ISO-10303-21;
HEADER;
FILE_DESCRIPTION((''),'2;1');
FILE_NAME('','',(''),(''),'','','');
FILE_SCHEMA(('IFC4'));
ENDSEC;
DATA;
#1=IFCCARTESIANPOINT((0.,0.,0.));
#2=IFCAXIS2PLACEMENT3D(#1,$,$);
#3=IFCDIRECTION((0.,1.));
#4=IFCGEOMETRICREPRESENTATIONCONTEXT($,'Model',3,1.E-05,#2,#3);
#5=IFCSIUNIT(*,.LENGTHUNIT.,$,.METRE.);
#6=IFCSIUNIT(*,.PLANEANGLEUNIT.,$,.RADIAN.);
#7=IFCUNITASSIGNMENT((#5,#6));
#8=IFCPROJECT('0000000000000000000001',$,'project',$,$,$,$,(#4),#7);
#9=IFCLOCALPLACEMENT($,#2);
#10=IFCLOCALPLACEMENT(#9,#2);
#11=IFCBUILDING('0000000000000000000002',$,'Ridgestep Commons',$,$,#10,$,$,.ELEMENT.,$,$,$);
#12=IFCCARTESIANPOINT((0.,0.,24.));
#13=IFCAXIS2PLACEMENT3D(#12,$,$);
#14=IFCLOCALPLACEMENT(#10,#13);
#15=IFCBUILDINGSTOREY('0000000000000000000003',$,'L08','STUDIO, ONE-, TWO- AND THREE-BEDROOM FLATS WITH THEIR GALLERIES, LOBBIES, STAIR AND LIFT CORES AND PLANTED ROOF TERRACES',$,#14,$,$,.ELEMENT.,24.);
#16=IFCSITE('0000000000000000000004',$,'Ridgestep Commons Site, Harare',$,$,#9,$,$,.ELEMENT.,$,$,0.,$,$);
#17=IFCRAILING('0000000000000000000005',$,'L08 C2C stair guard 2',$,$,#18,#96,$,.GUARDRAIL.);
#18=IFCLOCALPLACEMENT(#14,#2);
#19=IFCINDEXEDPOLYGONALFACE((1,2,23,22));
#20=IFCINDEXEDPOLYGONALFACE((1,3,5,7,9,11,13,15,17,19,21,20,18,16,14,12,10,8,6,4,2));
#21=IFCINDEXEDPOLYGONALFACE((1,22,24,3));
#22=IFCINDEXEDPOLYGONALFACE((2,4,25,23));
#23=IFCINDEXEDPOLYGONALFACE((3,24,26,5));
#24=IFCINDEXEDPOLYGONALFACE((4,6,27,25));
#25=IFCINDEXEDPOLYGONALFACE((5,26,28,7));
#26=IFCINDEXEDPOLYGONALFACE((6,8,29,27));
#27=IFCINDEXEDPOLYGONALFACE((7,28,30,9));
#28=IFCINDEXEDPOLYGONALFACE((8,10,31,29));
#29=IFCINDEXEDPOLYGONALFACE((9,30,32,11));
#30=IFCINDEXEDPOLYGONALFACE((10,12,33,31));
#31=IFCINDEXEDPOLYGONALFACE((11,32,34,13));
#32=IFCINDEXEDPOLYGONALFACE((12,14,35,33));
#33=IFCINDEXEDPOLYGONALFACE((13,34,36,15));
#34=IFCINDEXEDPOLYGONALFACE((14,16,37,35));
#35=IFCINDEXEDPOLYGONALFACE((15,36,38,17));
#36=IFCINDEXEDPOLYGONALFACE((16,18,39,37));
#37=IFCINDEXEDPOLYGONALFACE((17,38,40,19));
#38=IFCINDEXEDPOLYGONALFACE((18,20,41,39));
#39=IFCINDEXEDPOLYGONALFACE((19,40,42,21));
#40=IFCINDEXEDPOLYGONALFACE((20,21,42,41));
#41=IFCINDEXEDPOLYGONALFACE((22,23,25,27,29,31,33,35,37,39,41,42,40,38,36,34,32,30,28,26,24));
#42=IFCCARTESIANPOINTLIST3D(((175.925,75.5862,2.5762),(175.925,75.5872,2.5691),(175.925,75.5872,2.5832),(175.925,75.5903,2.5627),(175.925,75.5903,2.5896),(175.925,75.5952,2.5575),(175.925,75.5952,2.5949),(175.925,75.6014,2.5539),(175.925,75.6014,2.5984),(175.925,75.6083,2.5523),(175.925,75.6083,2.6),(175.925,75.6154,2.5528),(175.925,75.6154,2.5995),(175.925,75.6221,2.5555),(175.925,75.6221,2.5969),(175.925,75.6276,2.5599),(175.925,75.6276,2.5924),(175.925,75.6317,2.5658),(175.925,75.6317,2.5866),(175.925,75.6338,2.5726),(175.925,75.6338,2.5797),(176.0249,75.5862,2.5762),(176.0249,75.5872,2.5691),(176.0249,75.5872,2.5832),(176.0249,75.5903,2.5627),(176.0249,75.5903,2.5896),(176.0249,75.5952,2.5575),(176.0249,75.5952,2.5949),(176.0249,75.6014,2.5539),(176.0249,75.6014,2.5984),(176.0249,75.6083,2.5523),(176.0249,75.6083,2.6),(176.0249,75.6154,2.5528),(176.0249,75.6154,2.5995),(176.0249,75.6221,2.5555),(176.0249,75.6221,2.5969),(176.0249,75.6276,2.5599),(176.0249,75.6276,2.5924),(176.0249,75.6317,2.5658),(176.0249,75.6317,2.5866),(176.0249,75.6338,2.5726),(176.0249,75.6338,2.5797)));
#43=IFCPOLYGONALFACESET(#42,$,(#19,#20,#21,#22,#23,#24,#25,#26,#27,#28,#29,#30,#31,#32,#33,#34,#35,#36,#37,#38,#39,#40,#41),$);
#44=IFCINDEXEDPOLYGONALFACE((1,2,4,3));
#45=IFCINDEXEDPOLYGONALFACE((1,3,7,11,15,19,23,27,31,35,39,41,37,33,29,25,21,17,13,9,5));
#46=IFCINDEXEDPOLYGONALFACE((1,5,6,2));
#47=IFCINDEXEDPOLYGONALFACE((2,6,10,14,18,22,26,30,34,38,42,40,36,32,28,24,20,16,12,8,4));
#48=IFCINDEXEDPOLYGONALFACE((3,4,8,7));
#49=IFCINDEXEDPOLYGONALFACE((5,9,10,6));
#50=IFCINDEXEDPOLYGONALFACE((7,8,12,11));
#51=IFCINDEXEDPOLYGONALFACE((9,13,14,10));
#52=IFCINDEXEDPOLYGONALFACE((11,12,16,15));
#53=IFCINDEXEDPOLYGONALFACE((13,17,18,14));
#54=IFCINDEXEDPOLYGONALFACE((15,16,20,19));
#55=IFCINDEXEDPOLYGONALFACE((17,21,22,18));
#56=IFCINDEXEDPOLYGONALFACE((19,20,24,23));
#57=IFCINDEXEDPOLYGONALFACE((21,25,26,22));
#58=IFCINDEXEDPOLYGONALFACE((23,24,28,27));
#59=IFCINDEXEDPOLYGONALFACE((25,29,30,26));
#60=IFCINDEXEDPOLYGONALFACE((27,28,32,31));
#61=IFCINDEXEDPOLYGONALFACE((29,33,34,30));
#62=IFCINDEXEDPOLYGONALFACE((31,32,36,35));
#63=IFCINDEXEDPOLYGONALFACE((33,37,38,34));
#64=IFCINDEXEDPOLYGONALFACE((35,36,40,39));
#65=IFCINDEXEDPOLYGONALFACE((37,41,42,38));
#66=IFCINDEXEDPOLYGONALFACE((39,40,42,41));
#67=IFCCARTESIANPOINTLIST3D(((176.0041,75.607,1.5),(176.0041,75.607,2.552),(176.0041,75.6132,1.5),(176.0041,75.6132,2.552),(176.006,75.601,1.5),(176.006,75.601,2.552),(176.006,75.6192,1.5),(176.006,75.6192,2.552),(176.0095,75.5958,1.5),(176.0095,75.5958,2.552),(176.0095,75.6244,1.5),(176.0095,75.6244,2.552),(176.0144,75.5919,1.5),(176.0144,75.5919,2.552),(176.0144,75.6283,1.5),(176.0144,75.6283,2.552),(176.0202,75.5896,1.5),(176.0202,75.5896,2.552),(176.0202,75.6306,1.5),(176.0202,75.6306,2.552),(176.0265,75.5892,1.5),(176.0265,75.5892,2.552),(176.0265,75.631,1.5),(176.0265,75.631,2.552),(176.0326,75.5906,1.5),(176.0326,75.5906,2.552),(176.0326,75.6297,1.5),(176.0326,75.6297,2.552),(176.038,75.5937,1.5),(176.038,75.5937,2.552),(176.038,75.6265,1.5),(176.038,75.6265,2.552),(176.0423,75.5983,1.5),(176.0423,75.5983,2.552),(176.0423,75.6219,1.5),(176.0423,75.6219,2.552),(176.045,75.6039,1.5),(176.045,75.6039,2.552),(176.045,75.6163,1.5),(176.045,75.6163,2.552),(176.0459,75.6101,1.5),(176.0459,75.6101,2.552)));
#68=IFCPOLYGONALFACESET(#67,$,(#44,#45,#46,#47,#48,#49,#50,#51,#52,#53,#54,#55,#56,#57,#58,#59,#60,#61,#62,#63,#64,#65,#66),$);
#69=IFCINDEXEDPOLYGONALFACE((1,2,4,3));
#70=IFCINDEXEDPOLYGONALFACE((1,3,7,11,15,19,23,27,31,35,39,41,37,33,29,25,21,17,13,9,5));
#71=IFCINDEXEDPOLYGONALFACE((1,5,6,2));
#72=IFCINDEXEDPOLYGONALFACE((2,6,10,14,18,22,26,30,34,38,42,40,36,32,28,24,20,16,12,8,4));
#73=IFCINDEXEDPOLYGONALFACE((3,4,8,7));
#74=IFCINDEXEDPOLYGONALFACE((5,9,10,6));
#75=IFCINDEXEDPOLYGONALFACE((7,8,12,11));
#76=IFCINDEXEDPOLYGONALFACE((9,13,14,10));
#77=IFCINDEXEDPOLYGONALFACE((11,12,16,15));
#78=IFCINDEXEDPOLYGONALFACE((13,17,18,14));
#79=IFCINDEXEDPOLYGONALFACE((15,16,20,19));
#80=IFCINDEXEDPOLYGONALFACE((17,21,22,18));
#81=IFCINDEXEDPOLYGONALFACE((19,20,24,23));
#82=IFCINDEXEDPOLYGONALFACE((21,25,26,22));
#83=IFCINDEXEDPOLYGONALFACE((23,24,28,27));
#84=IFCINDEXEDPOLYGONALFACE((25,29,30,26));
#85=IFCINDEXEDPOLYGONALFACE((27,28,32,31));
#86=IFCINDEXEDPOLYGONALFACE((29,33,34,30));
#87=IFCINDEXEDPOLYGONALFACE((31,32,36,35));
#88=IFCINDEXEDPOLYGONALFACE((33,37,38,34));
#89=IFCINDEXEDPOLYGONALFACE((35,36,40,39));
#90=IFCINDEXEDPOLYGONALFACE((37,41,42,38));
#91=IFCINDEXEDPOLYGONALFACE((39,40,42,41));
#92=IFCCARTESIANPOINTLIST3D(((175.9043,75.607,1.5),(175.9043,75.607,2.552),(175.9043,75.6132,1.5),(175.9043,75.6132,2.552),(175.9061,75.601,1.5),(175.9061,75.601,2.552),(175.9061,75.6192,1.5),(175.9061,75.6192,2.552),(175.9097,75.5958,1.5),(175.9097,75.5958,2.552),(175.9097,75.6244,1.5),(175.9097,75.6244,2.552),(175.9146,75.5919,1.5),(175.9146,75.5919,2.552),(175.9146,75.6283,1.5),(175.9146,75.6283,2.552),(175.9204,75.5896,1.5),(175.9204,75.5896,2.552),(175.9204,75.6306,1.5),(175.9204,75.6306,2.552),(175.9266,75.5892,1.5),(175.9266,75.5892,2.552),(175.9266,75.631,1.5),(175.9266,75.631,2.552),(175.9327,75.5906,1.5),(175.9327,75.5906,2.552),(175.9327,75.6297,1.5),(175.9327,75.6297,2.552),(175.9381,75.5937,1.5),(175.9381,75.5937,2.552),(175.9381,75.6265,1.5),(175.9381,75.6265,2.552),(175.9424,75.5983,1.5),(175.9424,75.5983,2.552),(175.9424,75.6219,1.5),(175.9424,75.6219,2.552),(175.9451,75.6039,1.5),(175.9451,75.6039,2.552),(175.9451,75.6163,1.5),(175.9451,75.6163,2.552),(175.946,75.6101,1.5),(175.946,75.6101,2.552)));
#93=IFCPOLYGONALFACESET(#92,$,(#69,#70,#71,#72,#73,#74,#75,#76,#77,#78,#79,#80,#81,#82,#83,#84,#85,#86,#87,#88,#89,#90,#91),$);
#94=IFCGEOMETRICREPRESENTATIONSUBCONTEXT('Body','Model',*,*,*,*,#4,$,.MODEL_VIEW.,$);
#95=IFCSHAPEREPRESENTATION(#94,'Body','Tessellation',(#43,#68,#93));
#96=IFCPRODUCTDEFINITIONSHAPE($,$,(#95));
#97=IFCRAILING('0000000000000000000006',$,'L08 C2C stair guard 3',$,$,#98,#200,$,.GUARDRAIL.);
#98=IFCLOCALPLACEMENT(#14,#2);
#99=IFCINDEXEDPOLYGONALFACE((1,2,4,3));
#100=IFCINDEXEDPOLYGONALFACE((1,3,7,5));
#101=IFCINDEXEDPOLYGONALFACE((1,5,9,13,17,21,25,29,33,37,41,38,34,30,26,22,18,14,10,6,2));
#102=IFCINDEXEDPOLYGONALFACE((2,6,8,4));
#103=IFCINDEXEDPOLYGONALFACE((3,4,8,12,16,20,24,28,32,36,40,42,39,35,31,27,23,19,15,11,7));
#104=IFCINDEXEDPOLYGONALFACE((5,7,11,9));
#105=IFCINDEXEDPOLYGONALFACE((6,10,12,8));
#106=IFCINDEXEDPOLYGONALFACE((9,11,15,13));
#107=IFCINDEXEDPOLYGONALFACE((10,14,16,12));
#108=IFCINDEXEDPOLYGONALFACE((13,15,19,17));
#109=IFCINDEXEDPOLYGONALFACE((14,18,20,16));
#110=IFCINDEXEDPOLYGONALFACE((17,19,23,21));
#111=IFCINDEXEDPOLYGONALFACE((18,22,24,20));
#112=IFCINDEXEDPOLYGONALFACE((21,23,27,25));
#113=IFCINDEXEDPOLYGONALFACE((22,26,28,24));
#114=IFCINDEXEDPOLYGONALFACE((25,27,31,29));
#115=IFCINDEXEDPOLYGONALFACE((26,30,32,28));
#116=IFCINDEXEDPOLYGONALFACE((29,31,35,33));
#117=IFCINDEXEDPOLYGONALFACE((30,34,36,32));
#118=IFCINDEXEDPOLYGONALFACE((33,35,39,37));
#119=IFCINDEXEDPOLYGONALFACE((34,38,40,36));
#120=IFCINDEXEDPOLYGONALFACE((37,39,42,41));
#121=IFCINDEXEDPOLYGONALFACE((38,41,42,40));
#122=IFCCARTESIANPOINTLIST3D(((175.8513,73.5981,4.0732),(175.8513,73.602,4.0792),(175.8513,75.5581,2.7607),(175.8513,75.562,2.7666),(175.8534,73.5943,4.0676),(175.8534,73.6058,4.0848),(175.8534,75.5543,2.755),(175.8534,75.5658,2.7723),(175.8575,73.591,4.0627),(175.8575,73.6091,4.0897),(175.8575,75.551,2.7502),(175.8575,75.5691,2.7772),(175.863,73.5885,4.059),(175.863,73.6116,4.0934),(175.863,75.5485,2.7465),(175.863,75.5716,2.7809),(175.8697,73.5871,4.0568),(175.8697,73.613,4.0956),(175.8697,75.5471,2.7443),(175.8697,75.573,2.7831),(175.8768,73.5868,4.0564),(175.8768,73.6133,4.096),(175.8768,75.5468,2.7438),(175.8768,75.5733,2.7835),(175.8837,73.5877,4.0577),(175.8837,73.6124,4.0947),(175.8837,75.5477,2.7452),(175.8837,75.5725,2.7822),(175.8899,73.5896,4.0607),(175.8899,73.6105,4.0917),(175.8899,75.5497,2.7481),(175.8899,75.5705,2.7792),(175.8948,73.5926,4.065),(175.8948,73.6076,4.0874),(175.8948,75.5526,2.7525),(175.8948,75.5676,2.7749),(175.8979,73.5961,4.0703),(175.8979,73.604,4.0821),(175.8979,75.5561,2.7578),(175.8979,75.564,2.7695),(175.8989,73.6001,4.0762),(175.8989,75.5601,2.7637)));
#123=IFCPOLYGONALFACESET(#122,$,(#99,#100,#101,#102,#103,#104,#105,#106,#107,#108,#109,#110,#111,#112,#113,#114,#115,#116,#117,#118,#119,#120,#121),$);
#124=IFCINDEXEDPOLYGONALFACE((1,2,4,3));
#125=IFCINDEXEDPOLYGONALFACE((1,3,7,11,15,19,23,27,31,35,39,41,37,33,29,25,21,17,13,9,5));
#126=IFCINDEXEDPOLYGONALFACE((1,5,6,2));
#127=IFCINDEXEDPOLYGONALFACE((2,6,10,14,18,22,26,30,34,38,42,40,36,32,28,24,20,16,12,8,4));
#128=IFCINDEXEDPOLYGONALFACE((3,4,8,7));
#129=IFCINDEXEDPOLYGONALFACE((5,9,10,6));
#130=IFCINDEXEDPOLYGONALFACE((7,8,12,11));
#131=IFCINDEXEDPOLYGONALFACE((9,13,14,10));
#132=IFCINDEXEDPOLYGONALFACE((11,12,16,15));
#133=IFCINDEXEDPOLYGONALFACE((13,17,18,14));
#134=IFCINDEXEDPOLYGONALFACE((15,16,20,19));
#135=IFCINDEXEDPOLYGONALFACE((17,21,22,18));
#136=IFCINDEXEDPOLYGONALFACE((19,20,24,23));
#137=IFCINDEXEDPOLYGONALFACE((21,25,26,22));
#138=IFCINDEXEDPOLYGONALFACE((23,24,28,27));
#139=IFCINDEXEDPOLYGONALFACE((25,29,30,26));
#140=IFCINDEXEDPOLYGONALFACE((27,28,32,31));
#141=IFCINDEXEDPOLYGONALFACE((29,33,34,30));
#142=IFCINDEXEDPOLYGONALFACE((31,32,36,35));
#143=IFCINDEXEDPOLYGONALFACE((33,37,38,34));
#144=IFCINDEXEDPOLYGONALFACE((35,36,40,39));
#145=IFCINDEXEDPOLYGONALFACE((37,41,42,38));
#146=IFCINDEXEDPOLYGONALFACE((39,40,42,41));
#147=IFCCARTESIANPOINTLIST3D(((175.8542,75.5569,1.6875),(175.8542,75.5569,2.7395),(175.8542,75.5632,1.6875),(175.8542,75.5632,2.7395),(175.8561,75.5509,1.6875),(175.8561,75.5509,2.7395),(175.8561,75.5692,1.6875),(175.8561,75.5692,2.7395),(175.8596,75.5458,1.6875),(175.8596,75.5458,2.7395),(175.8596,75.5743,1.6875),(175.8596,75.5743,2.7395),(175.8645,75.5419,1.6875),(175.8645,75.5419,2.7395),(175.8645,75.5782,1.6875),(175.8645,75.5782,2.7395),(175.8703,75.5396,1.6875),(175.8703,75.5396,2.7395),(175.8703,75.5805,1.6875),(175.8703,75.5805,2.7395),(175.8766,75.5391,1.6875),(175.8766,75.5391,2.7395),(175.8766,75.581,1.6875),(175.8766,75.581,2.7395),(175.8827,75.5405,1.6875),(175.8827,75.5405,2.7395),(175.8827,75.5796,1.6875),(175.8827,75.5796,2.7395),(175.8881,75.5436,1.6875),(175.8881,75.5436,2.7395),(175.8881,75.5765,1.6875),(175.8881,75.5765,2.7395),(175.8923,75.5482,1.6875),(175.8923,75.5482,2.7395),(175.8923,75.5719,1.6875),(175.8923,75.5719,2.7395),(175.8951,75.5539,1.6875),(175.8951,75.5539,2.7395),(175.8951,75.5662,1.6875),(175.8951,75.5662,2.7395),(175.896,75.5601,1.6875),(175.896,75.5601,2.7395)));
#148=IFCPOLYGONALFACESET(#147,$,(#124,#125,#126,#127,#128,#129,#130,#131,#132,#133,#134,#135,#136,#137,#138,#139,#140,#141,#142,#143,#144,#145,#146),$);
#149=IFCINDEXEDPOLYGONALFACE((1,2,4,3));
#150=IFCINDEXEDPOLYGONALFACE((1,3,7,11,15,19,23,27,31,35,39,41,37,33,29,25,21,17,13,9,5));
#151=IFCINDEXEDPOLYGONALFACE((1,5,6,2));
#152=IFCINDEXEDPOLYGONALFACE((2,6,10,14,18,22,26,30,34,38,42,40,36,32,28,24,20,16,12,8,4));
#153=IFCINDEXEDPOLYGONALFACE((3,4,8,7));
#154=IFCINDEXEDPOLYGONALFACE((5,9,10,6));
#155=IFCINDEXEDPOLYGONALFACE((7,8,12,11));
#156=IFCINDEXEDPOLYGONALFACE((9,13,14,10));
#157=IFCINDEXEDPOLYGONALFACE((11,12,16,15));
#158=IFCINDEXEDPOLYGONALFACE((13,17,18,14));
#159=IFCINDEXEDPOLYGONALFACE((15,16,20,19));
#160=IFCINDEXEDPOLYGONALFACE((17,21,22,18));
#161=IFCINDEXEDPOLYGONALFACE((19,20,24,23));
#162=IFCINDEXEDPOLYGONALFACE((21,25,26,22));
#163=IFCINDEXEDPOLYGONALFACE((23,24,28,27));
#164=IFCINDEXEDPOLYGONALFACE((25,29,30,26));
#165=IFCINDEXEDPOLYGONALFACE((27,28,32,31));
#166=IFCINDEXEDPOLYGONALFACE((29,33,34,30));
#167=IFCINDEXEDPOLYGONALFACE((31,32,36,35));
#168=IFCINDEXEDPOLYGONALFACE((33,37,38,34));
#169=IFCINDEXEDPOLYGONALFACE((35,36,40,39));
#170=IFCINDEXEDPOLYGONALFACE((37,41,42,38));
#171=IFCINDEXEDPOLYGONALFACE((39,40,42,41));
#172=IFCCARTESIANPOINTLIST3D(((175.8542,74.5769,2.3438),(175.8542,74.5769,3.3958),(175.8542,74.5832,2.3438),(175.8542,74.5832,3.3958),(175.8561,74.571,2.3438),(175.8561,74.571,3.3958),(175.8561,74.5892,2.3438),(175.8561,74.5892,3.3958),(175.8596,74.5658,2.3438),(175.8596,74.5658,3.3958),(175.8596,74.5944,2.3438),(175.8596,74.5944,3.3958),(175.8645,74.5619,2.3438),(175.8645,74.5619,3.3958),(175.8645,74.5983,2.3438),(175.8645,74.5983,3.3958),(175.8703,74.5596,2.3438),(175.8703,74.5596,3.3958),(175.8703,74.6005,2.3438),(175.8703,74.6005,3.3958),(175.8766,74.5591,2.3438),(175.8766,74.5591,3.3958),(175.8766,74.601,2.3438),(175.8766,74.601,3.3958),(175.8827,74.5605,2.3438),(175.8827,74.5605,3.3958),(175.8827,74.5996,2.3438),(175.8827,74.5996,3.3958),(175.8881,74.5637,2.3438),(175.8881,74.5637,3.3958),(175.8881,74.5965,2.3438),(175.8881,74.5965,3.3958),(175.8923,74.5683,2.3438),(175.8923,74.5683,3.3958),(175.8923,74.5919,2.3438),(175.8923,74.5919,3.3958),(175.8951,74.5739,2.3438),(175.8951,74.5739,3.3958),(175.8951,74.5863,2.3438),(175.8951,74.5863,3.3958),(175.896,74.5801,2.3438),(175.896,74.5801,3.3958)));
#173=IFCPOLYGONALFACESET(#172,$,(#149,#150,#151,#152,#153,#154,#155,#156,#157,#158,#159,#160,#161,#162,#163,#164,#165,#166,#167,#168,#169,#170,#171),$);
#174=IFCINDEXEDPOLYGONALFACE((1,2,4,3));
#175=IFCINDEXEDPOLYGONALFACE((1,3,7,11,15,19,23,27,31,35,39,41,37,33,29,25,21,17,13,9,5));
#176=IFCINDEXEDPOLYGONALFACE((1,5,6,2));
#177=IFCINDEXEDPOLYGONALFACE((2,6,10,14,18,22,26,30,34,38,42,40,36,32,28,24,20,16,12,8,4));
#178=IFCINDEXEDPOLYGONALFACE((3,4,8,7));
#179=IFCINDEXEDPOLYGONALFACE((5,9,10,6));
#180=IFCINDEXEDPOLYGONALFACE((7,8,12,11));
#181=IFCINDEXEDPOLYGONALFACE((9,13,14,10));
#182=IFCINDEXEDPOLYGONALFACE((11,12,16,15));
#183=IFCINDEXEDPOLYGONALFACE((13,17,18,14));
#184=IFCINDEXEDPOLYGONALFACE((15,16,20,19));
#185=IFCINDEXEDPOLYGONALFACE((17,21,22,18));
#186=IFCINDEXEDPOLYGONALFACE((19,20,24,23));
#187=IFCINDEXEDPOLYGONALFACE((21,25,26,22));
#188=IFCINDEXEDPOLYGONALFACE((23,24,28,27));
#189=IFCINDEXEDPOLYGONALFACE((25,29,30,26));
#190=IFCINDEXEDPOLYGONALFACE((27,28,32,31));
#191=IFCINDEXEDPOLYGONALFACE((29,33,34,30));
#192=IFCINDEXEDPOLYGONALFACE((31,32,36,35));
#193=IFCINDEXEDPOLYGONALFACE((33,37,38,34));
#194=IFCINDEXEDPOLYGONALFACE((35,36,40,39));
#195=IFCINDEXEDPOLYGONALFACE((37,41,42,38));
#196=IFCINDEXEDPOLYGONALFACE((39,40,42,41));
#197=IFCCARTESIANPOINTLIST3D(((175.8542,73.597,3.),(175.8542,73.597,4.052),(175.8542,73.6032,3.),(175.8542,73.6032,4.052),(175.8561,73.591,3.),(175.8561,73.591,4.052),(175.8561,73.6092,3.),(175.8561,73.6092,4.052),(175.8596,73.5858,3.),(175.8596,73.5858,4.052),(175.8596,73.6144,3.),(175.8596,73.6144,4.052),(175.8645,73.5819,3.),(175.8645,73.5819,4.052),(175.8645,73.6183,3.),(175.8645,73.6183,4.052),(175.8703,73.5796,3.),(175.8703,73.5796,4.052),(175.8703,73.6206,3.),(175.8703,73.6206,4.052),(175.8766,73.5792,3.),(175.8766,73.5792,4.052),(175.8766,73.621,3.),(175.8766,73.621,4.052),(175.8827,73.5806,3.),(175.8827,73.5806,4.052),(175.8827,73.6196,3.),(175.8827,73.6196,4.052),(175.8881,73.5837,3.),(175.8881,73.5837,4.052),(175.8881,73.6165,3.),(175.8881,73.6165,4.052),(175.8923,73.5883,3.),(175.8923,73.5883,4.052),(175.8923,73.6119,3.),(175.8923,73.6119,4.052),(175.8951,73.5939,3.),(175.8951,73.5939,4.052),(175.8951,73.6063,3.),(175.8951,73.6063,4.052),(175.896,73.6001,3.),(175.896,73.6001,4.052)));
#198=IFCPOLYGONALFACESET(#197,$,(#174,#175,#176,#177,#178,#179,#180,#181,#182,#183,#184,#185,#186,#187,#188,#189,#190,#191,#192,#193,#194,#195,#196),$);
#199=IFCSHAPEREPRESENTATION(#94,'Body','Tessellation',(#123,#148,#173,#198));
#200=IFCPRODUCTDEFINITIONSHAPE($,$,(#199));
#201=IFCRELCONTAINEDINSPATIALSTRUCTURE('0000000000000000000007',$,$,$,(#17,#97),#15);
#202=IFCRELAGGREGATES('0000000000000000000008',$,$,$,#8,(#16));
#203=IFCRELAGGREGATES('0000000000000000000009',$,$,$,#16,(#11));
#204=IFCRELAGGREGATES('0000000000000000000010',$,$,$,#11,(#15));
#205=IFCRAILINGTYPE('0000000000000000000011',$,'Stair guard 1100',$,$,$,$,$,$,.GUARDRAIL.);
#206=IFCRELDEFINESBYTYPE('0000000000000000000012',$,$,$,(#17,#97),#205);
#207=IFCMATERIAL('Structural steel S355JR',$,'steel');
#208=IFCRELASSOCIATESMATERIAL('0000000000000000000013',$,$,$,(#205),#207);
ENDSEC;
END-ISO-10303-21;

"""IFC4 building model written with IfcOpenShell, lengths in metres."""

from ifc_helpers import new_model, si_unit, direction, frame, origin, origin_2d, place, context, subcontext, project, spatial, circle, extrude, material, type_object, element, save


model = new_model("IFC4")

# Units and contexts
model_context = context("Model", 3, precision=1e-05, world=origin(), true_north=direction((0.0, 1.0)))
body_context = subcontext(model_context, "Body", "Model", "MODEL_VIEW")
ifc_project = project(units=[si_unit("LENGTHUNIT", "METRE"), si_unit("PLANEANGLEUNIT", "RADIAN")], contexts=[model_context])

# Site, building, storey
site_placement = place(None, origin())
site = spatial("IfcSite", under=ifc_project, at=site_placement, Name="Ridgestep Commons Site, Harare", CompositionType="ELEMENT", RefElevation=0.0)
building_placement = place(site_placement, origin())
building = spatial("IfcBuilding", under=site, at=building_placement, Name="Ridgestep Commons", CompositionType="ELEMENT")
storey_placement = place(building_placement, frame((0.0, 0.0, 24.0)))
storey = spatial("IfcBuildingStorey", under=building, at=storey_placement, Name="L08", Description="STUDIO, ONE-, TWO- AND THREE-BEDROOM FLATS WITH THEIR GALLERIES, LOBBIES, STAIR AND LIFT CORES AND PLANTED ROOF TERRACES", CompositionType="ELEMENT", Elevation=24.0)

# Railings
ifc_material_1 = material(Name="Structural steel S355JR", Category="steel")
railing_type_1 = type_object("IfcRailingType", Name="Stair guard 1100", PredefinedType="GUARDRAIL", material=ifc_material_1)
railing_1_placement = place(storey_placement, frame((176.0249, 75.6101, 1.5)))
element("IfcRailing", 1, at=railing_1_placement, inside=storey, type_object=railing_type_1, Name="L08 C2C stair guard 2", PredefinedType="GUARDRAIL", context=body_context, shape_type="SweptSolid", body=[
    extrude(circle(Radius=0.0239, at=origin_2d()), frame((0.0, 0.0, 1.0762), z_axis=(-1.0, 0.0, 0.0), x_axis=(0.0, -1.0, 0.0)), (0.0, 0.0, 1.0), 0.0999),
    extrude(circle(Radius=0.021, at=origin_2d()), origin(), (0.0, 0.0, 1.0), 1.052),
    extrude(circle(Radius=0.021, at=origin_2d()), frame((-0.0999, 0.0, 0.0)), (0.0, 0.0, 1.0), 1.052),
])
railing_2_placement = place(storey_placement, frame((175.875, 75.5601, 1.6875)))
element("IfcRailing", 2, at=railing_2_placement, inside=storey, type_object=railing_type_1, Name="L08 C2C stair guard 3", PredefinedType="GUARDRAIL", context=body_context, shape_type="SweptSolid", body=[
    extrude(circle(Radius=0.0239, at=origin_2d()), frame((0.0, 0.0, 1.0762), z_axis=(0.0, -0.830902, 0.556419), x_axis=(1.0, 0.0, 0.0)), (0.0, 0.0, 1.0), 2.3589),
    extrude(circle(Radius=0.021, at=origin_2d()), origin(), (0.0, 0.0, 1.0), 1.052),
    extrude(circle(Radius=0.021, at=origin_2d()), frame((0.0, -0.98, 0.6562)), (0.0, 0.0, 1.0), 1.052),
    extrude(circle(Radius=0.021, at=origin_2d()), frame((0.0, -1.96, 1.3125)), (0.0, 0.0, 1.0), 1.052),
])

save(model, "model.ifc")
